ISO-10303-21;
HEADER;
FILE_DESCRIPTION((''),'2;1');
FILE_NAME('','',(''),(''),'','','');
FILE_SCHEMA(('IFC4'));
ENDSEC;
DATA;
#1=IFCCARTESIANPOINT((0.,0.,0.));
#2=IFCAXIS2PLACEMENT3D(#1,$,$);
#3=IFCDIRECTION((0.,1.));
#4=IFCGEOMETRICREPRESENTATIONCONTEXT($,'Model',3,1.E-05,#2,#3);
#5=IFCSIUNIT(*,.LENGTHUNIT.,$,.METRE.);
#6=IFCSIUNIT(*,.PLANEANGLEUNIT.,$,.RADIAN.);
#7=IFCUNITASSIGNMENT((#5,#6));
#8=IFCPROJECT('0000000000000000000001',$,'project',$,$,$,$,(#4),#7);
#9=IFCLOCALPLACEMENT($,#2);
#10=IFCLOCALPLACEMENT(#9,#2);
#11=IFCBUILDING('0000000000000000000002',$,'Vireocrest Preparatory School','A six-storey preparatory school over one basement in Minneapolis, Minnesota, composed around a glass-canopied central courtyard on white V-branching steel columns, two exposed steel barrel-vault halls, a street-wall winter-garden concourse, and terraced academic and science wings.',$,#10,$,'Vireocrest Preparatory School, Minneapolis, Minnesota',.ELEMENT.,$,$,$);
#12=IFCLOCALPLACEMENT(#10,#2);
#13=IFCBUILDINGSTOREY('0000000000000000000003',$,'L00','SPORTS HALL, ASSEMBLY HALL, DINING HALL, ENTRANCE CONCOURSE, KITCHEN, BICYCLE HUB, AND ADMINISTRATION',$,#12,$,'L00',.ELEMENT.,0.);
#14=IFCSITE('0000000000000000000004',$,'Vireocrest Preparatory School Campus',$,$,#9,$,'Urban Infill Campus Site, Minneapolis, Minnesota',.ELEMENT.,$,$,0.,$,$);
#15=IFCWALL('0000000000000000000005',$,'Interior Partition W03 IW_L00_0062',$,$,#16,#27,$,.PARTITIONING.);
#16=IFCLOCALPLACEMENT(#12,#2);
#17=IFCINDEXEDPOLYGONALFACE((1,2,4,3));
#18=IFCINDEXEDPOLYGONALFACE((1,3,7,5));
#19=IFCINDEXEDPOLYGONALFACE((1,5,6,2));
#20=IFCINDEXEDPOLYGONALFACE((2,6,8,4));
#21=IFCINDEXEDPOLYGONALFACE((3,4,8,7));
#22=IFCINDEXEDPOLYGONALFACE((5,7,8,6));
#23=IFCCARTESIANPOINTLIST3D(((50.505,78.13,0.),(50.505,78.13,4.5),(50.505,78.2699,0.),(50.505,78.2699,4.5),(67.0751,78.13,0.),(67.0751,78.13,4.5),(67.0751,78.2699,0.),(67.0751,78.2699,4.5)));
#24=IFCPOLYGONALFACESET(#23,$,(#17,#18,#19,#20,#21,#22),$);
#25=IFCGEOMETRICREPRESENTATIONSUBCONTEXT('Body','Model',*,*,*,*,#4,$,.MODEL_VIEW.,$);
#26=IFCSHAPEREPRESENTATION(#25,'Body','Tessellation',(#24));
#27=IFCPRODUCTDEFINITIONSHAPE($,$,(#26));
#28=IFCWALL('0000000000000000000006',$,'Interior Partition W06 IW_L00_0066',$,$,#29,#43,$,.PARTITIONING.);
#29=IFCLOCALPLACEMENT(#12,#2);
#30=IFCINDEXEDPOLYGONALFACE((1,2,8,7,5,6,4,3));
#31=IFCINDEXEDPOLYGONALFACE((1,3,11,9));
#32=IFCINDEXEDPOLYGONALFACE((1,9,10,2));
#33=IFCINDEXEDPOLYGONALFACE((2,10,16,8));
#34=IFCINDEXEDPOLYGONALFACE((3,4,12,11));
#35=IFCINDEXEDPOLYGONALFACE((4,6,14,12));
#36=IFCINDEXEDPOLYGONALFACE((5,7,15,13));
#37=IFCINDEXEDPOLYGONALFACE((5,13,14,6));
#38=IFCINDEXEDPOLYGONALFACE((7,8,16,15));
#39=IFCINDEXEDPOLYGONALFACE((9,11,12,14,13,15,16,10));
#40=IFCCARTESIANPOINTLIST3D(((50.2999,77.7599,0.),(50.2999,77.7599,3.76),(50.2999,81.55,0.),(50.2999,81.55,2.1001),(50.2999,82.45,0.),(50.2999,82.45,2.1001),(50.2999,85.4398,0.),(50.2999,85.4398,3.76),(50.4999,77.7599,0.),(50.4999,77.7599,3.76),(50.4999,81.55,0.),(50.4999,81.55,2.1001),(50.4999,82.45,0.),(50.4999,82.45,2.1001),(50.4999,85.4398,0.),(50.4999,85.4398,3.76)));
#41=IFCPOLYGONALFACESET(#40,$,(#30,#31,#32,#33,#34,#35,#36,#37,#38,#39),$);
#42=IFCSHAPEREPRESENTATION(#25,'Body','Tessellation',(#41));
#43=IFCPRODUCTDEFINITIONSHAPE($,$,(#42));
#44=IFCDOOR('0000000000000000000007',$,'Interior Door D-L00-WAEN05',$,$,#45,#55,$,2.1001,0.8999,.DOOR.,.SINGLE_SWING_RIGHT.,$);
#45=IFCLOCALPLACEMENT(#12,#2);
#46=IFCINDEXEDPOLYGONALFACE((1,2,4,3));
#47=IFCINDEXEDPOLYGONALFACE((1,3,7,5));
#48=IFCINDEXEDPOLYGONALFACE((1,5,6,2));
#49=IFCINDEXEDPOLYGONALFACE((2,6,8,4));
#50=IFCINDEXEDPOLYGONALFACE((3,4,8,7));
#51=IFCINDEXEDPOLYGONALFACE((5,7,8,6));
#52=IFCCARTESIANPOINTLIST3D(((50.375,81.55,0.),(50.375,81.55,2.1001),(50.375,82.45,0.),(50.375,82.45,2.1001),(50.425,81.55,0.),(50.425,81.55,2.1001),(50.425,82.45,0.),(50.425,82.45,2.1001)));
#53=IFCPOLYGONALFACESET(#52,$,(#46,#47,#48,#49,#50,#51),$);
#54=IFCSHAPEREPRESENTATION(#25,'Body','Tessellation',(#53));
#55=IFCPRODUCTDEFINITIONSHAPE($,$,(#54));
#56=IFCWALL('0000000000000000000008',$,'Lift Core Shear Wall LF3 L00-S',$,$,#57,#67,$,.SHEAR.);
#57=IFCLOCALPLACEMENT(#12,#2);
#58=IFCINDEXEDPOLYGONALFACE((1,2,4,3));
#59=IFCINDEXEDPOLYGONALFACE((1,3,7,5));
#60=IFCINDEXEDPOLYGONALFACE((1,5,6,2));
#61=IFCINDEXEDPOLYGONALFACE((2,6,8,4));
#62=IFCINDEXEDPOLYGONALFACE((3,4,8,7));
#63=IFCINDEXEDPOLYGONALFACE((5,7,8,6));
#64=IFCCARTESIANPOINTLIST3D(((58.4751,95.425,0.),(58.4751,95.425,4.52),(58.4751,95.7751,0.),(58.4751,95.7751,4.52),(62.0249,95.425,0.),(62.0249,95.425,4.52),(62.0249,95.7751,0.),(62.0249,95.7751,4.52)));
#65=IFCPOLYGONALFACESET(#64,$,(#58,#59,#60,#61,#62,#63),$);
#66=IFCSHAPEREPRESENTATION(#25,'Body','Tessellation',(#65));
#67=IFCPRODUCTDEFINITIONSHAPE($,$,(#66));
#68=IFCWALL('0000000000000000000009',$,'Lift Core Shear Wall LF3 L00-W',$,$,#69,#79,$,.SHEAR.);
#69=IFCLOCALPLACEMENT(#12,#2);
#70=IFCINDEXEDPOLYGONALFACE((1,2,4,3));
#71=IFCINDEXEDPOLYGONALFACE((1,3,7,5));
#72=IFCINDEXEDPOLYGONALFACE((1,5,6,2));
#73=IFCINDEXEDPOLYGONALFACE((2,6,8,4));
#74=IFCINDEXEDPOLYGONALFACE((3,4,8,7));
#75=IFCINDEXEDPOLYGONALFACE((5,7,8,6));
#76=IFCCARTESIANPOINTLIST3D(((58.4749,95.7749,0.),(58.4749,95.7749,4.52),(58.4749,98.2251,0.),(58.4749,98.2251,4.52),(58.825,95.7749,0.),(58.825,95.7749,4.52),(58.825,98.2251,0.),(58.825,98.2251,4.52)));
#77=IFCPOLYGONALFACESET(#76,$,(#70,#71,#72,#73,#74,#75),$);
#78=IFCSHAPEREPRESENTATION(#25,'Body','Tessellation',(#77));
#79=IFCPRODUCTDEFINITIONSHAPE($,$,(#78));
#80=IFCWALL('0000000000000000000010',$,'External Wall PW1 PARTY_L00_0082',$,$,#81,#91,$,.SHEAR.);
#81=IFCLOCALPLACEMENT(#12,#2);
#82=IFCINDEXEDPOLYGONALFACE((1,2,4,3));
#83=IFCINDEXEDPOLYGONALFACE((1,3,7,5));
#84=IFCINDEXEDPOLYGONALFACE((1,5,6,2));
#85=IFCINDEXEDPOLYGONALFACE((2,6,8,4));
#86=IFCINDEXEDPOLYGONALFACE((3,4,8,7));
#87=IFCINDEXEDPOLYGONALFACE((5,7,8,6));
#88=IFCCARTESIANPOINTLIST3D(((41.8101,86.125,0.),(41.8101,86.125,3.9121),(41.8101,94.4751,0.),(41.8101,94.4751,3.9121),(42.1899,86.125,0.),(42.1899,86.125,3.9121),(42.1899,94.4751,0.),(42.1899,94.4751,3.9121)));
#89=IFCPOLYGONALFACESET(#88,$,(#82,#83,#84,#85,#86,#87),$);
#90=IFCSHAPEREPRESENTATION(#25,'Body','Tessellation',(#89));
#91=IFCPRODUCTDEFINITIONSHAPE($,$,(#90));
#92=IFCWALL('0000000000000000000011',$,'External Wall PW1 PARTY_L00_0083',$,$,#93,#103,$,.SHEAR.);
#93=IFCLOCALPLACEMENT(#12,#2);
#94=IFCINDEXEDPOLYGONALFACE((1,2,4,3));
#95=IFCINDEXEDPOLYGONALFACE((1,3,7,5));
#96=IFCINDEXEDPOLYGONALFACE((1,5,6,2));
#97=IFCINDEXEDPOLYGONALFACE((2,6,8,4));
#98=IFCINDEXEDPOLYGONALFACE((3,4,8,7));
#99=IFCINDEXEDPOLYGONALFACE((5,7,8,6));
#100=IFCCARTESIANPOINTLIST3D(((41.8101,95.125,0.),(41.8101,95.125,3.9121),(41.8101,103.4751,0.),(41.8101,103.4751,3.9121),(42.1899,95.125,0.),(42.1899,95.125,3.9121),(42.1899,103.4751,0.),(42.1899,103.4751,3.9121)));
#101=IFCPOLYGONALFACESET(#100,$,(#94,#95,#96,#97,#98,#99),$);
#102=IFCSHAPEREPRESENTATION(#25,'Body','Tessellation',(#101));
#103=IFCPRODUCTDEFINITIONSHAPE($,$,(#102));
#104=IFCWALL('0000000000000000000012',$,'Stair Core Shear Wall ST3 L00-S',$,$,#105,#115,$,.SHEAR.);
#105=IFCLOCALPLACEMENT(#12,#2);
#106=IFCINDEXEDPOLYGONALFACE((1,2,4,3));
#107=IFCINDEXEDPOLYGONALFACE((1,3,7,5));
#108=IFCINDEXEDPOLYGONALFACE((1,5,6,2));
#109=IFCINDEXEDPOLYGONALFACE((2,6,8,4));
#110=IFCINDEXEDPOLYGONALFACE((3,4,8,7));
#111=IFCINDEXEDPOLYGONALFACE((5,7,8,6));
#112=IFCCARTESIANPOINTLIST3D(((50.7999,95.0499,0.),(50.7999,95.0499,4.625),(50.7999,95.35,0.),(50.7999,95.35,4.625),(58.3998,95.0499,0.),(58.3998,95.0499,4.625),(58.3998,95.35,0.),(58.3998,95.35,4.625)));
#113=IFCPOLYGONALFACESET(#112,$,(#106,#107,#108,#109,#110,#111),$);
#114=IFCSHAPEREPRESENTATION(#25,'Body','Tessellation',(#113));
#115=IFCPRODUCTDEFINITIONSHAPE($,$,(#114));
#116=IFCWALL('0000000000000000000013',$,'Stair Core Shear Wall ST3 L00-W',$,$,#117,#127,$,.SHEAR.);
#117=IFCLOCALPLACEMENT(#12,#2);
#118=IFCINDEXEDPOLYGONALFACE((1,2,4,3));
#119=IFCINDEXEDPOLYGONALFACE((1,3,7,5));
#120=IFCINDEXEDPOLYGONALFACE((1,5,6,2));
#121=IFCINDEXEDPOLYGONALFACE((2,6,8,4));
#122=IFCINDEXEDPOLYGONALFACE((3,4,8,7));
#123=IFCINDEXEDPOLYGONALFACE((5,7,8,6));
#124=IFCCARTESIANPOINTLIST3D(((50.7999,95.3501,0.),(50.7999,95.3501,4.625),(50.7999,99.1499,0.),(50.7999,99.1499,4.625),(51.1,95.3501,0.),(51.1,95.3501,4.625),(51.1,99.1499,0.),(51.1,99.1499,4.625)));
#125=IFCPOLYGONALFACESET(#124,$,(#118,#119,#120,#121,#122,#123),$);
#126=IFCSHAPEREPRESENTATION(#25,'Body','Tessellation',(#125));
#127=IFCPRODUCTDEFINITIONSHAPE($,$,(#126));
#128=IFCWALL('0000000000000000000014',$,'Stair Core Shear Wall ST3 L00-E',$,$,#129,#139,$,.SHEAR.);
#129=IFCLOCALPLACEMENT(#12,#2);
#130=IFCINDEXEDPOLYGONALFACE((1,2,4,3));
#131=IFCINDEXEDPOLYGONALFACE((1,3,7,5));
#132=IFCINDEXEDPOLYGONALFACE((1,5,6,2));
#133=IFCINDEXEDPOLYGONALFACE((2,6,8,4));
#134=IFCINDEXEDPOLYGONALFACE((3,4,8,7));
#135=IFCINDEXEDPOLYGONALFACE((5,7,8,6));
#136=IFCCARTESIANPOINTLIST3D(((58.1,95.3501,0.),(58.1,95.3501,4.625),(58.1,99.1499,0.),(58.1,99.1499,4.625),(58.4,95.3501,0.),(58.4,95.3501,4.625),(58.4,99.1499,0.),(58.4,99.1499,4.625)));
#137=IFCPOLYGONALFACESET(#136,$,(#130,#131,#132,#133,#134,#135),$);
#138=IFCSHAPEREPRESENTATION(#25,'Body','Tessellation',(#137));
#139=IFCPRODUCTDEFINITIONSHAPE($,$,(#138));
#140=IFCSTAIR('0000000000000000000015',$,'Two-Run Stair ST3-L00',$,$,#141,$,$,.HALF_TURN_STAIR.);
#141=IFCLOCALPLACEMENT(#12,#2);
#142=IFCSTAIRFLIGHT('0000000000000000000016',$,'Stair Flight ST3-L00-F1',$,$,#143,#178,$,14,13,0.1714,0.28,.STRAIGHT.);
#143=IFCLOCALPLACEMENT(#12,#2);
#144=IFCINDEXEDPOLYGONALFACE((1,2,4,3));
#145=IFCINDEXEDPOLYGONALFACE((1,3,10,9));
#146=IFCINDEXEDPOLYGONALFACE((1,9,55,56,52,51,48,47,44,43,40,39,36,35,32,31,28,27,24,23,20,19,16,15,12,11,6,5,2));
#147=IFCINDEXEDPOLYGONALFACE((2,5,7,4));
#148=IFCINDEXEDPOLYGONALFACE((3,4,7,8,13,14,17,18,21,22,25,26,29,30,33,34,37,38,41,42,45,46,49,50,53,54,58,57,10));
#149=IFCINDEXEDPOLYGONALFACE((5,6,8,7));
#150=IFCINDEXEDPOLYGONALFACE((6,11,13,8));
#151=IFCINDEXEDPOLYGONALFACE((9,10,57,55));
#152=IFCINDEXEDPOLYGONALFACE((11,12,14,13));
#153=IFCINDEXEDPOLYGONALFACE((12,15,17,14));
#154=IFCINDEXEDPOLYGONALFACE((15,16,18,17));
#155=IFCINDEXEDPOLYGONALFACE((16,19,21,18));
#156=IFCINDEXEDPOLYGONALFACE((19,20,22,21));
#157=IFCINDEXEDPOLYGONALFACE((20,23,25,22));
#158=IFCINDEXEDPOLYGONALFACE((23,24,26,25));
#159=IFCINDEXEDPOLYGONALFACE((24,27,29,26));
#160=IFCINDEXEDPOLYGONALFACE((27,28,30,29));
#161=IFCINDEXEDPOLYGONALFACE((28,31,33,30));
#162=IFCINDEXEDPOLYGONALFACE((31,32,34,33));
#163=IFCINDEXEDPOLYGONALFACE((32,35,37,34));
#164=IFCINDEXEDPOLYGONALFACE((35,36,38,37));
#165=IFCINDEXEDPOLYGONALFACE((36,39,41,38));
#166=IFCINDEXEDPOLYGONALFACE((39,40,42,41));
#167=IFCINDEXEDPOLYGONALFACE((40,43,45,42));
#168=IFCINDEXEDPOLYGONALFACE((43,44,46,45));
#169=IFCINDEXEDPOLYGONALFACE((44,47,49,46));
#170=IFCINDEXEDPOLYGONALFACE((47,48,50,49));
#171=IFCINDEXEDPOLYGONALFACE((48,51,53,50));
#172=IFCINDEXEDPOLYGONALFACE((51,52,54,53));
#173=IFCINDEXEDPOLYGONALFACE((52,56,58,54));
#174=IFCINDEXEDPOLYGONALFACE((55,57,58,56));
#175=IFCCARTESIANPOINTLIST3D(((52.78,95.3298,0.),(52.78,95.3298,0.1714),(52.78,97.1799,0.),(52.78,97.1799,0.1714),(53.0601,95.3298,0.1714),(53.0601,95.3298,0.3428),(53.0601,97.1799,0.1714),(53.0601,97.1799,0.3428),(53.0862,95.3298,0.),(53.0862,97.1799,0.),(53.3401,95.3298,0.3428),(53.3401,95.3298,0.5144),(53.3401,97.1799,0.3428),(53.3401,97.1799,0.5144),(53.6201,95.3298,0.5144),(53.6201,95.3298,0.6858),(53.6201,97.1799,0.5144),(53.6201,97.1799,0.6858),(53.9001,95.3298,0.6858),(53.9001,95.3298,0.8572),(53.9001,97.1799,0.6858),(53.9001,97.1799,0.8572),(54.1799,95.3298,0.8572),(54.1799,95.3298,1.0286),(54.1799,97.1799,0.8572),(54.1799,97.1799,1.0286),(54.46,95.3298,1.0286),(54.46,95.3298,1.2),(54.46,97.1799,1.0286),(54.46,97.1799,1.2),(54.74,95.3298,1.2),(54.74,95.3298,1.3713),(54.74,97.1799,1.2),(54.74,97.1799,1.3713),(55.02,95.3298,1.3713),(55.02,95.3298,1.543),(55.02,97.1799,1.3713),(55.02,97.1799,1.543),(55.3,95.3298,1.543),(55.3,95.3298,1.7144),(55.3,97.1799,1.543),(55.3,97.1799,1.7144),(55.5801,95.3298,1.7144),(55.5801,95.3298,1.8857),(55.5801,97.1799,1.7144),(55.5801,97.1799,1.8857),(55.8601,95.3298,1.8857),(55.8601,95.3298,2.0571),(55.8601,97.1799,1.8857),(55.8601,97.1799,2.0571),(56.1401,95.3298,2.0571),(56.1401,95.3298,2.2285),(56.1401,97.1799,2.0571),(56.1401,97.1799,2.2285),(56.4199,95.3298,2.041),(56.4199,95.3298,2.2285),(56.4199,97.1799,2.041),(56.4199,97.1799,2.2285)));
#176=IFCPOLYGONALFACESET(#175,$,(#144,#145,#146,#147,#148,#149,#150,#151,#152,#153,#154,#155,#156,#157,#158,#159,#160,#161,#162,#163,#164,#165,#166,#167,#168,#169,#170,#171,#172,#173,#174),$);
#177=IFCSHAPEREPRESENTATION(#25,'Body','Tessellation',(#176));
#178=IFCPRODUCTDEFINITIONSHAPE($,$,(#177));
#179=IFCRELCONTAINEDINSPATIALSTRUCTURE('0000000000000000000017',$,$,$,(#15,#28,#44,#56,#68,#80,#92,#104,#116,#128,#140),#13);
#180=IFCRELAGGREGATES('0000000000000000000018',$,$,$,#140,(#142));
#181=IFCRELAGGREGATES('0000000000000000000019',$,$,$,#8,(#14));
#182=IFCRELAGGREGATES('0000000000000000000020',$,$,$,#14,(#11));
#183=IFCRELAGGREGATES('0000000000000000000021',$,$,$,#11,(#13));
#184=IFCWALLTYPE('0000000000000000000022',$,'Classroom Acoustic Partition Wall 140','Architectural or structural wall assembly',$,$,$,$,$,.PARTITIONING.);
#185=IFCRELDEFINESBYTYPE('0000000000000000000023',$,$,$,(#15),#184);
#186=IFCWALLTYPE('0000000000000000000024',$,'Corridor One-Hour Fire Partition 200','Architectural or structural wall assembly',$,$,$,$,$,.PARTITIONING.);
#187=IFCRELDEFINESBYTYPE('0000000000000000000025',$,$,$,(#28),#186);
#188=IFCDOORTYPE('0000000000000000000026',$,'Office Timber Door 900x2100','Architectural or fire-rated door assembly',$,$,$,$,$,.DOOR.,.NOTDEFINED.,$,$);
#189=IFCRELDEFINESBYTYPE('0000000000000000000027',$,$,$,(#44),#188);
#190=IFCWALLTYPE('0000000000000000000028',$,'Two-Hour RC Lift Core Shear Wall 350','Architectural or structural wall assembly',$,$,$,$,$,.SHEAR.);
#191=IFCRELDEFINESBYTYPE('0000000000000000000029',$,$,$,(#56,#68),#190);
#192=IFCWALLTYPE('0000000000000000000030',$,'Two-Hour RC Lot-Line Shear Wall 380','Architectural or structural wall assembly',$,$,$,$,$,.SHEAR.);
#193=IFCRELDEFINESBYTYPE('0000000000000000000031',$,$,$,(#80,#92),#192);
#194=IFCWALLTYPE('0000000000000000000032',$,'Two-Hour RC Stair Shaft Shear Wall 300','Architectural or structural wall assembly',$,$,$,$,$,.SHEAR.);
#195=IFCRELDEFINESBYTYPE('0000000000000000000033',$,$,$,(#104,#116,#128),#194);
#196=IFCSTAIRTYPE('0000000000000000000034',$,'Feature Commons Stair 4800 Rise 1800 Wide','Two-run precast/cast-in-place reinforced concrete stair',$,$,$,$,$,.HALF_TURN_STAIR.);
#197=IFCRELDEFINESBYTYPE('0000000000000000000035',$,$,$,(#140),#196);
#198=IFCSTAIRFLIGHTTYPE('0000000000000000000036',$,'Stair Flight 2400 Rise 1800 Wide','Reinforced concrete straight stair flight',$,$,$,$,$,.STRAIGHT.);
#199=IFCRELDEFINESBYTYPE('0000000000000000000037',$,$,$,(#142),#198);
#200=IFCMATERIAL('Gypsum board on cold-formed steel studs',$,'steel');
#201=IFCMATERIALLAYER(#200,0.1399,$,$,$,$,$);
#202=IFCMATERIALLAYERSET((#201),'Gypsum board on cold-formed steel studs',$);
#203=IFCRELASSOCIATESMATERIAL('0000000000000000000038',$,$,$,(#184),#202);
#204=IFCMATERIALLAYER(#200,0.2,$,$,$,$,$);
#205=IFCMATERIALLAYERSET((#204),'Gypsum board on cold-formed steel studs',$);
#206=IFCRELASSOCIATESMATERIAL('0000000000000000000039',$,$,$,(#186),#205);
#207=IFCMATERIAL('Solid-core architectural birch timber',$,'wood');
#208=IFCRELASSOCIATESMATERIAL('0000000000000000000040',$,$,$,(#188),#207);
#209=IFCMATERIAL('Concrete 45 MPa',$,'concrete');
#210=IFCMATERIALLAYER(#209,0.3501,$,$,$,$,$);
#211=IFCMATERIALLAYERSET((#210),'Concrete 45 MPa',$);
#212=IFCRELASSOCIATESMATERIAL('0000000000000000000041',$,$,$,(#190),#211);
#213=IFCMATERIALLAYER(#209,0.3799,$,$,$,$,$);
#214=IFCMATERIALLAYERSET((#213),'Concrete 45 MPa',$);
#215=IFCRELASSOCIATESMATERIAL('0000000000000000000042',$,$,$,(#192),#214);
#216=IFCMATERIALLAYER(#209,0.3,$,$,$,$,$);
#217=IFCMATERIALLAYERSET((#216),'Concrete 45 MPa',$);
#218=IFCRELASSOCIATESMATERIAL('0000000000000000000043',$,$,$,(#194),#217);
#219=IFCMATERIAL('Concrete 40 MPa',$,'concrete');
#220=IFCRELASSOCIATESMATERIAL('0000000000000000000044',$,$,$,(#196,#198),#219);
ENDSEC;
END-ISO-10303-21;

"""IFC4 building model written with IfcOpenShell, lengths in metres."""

from ifc_helpers import new_model, si_unit, direction, frame, frame_2d, origin, place, context, subcontext, project, spatial, polyline, rectangle, outline, extrude, material, layer, layer_set, type_object, element, fill, aggregate, save


model = new_model("IFC4")

# Units and contexts
model_context = context("Model", 3, precision=1e-05, world=origin(), true_north=direction((0.0, 1.0)))
body_context = subcontext(model_context, "Body", "Model", "MODEL_VIEW")
ifc_project = project(units=[si_unit("LENGTHUNIT", "METRE"), si_unit("PLANEANGLEUNIT", "RADIAN")], contexts=[model_context])

# Site, building, storey
site_placement = place(None, origin())
site = spatial("IfcSite", under=ifc_project, at=site_placement, Name="Vireocrest Preparatory School Campus", LongName="Urban Infill Campus Site, Minneapolis, Minnesota", CompositionType="ELEMENT", RefElevation=0.0)
building_placement = place(site_placement, origin())
building = spatial("IfcBuilding", under=site, at=building_placement, Name="Vireocrest Preparatory School", Description="A six-storey preparatory school over one basement in Minneapolis, Minnesota, composed around a glass-canopied central courtyard on white V-branching steel columns, two exposed steel barrel-vault halls, a street-wall winter-garden concourse, and terraced academic and science wings.", LongName="Vireocrest Preparatory School, Minneapolis, Minnesota", CompositionType="ELEMENT")
storey_placement = place(building_placement, origin())
storey = spatial("IfcBuildingStorey", under=building, at=storey_placement, Name="L00", Description="SPORTS HALL, ASSEMBLY HALL, DINING HALL, ENTRANCE CONCOURSE, KITCHEN, BICYCLE HUB, AND ADMINISTRATION", LongName="L00", CompositionType="ELEMENT", Elevation=0.0)

# Shared definitions
ifc_material_1 = material(Name="Concrete 45 MPa", Category="concrete")

# Shared definitions
ifc_material_2 = material(Name="Concrete 40 MPa", Category="concrete")

# Wall
ifc_material_3 = material(Name="Gypsum board on cold-formed steel studs", Category="steel")
ifc_layer_1 = layer(ifc_material_3, 0.1399)
ifc_layer_set_1 = layer_set([ifc_layer_1], Name="Gypsum board on cold-formed steel studs")
wall_type_1 = type_object("IfcWallType", Name="Classroom Acoustic Partition Wall 140", Description="Architectural or structural wall assembly", PredefinedType="PARTITIONING", material=ifc_layer_set_1)
wall_1_placement = place(storey_placement, frame((50.5049, 78.2, 0.0), z_axis=(0.0, 0.0, 1.0), x_axis=(1.0, 0.0, 0.0)))
element("IfcWall", 1, at=wall_1_placement, inside=storey, type_object=wall_type_1, Name="Interior Partition W03 IW_L00_0062", PredefinedType="PARTITIONING", context=body_context, shape_type="SweptSolid", body=[
    extrude(rectangle(XDim=16.5701, YDim=0.1399, at=frame_2d((8.2852, 0.0))), origin(), (0.0, 0.0, 1.0), 4.5),
])

# Wall, opening, door
ifc_layer_2 = layer(ifc_material_3, 0.2)
ifc_layer_set_2 = layer_set([ifc_layer_2], Name="Gypsum board on cold-formed steel studs")
wall_type_2 = type_object("IfcWallType", Name="Corridor One-Hour Fire Partition 200", Description="Architectural or structural wall assembly", PredefinedType="PARTITIONING", material=ifc_layer_set_2)
wall_2_placement = place(storey_placement, frame((50.3999, 77.76, 0.0), z_axis=(0.0, 0.0, 1.0), x_axis=(0.0, 1.0, 0.0)))
wall_2 = element("IfcWall", 2, at=wall_2_placement, inside=storey, type_object=wall_type_2, Name="Interior Partition W06 IW_L00_0066", PredefinedType="PARTITIONING", context=body_context, shape_type="SweptSolid", body=[
    extrude(rectangle(XDim=7.6799, YDim=0.2, at=frame_2d((3.8398, 0.0))), origin(), (0.0, 0.0, 1.0), 3.76),
])
opening_placement = place(wall_2_placement, frame((3.79, 0.0, 0.0)))
opening = element("IfcOpeningElement", 3, at=opening_placement, cuts=wall_2, PredefinedType="OPENING", context=body_context, shape_type="SweptSolid", body=[
    extrude(rectangle(XDim=0.8999, YDim=2.1001, at=frame_2d((0.45, 1.05))), frame((0.0, 0.1099, 0.0), z_axis=(0.0, -1.0, 0.0), x_axis=(1.0, 0.0, 0.0)), (0.0, 0.0, 1.0), 0.22),
])
ifc_material_4 = material(Name="Solid-core architectural birch timber", Category="wood")
door_type = type_object("IfcDoorType", Name="Office Timber Door 900x2100", Description="Architectural or fire-rated door assembly", OperationType="NOTDEFINED", PredefinedType="DOOR", material=ifc_material_4)
door_placement = place(opening_placement, origin())
door = element("IfcDoor", 4, at=door_placement, inside=storey, type_object=door_type, Name="Interior Door D-L00-WAEN05", OperationType="SINGLE_SWING_RIGHT", OverallHeight=2.1001, OverallWidth=0.8999, PredefinedType="DOOR", context=body_context, shape_type="SweptSolid", body=[
    extrude(rectangle(XDim=0.8999, YDim=2.1001, at=frame_2d((0.45, 1.05))), frame((0.0, 0.0249, 0.0), z_axis=(0.0, -1.0, 0.0), x_axis=(1.0, 0.0, 0.0)), (0.0, 0.0, 1.0), 0.05),
])
fill(opening, door)

# Walls
ifc_layer_3 = layer(ifc_material_1, 0.3501)
ifc_layer_set_3 = layer_set([ifc_layer_3], Name="Concrete 45 MPa")
wall_type_3 = type_object("IfcWallType", Name="Two-Hour RC Lift Core Shear Wall 350", Description="Architectural or structural wall assembly", PredefinedType="SHEAR", material=ifc_layer_set_3)
wall_3_placement = place(storey_placement, frame((58.4751, 95.6001, 0.0), z_axis=(0.0, 0.0, 1.0), x_axis=(1.0, 0.0, 0.0)))
element("IfcWall", 5, at=wall_3_placement, inside=storey, type_object=wall_type_3, Name="Lift Core Shear Wall LF3 L00-S", PredefinedType="SHEAR", context=body_context, shape_type="SweptSolid", body=[
    extrude(rectangle(XDim=3.5498, YDim=0.3501, at=frame_2d((1.7749, 0.0))), origin(), (0.0, 0.0, 1.0), 4.52),
])
wall_4_placement = place(storey_placement, frame((58.6499, 95.7749, 0.0), z_axis=(0.0, 0.0, 1.0), x_axis=(0.0, 1.0, 0.0)))
element("IfcWall", 6, at=wall_4_placement, inside=storey, type_object=wall_type_3, Name="Lift Core Shear Wall LF3 L00-W", PredefinedType="SHEAR", context=body_context, shape_type="SweptSolid", body=[
    extrude(rectangle(XDim=2.4502, YDim=0.3501, at=frame_2d((1.2251, 0.0))), origin(), (0.0, 0.0, 1.0), 4.52),
])
ifc_layer_4 = layer(ifc_material_1, 0.3799)
ifc_layer_set_4 = layer_set([ifc_layer_4], Name="Concrete 45 MPa")
wall_type_4 = type_object("IfcWallType", Name="Two-Hour RC Lot-Line Shear Wall 380", Description="Architectural or structural wall assembly", PredefinedType="SHEAR", material=ifc_layer_set_4)
for number, where, z_axis, x_axis, name in (
    (7, (42.0, 86.125, 0.0), (0.0, 0.0, 1.0), (0.0, 1.0, 0.0), "External Wall PW1 PARTY_L00_0082"),
    (8, (42.0, 95.125, 0.0), (0.0, 0.0, 1.0), (0.0, 1.0, 0.0), "External Wall PW1 PARTY_L00_0083"),
):
    element("IfcWall", number, at=place(storey_placement, frame(where, z_axis=z_axis, x_axis=x_axis)), inside=storey, type_object=wall_type_4, Name=name, PredefinedType="SHEAR", context=body_context, shape_type="SweptSolid", body=[
        extrude(rectangle(XDim=8.3501, YDim=0.3799, at=frame_2d((4.175, 0.0))), origin(), (0.0, 0.0, 1.0), 3.9121),
    ])
ifc_layer_5 = layer(ifc_material_1, 0.3)
ifc_layer_set_5 = layer_set([ifc_layer_5], Name="Concrete 45 MPa")
wall_type_5 = type_object("IfcWallType", Name="Two-Hour RC Stair Shaft Shear Wall 300", Description="Architectural or structural wall assembly", PredefinedType="SHEAR", material=ifc_layer_set_5)
wall_5_placement = place(storey_placement, frame((50.8, 95.2, 0.0), z_axis=(0.0, 0.0, 1.0), x_axis=(1.0, 0.0, 0.0)))
element("IfcWall", 9, at=wall_5_placement, inside=storey, type_object=wall_type_5, Name="Stair Core Shear Wall ST3 L00-S", PredefinedType="SHEAR", context=body_context, shape_type="SweptSolid", body=[
    extrude(rectangle(XDim=7.5999, YDim=0.3, at=frame_2d((3.7998, 0.0))), origin(), (0.0, 0.0, 1.0), 4.625),
])
for number, where, z_axis, x_axis, name in (
    (10, (50.95, 95.3501, 0.0), (0.0, 0.0, 1.0), (0.0, 1.0, 0.0), "Stair Core Shear Wall ST3 L00-W"),
    (11, (58.25, 95.3501, 0.0), (0.0, 0.0, 1.0), (0.0, 1.0, 0.0), "Stair Core Shear Wall ST3 L00-E"),
):
    element("IfcWall", number, at=place(storey_placement, frame(where, z_axis=z_axis, x_axis=x_axis)), inside=storey, type_object=wall_type_5, Name=name, PredefinedType="SHEAR", context=body_context, shape_type="SweptSolid", body=[
        extrude(rectangle(XDim=3.7998, YDim=0.3, at=frame_2d((1.8999, 0.0))), origin(), (0.0, 0.0, 1.0), 4.625),
    ])

# Stair, stair flight
stair_type = type_object("IfcStairType", Name="Feature Commons Stair 4800 Rise 1800 Wide", Description="Two-run precast/cast-in-place reinforced concrete stair", PredefinedType="HALF_TURN_STAIR", material=ifc_material_2)
stair_placement = place(storey_placement, origin())
stair = element("IfcStair", 12, at=stair_placement, inside=storey, type_object=stair_type, Name="Two-Run Stair ST3-L00", PredefinedType="HALF_TURN_STAIR")
stair_flight_type = type_object("IfcStairFlightType", Name="Stair Flight 2400 Rise 1800 Wide", Description="Reinforced concrete straight stair flight", PredefinedType="STRAIGHT", material=ifc_material_2)
stair_flight_placement = place(storey_placement, frame((52.78, 96.2549, 0.0), z_axis=(0.0, 0.0, 1.0), x_axis=(1.0, 0.0, 0.0)))
stair_flight = element("IfcStairFlight", 13, at=stair_flight_placement, type_object=stair_flight_type, Name="Stair Flight ST3-L00-F1", NumberOfRisers=14, NumberOfTreads=13, PredefinedType="STRAIGHT", RiserHeight=0.1714, TreadLength=0.28, context=body_context, shape_type="SweptSolid", body=[
    extrude(outline(polyline([(0.0, 0.0), (0.0, 0.1714), (0.28, 0.1714), (0.28, 0.3428), (0.5601, 0.3428), (0.5601, 0.5144), (0.8401, 0.5144), (0.8401, 0.6858), (1.1201, 0.6858), (1.1201, 0.8572), (1.3999, 0.8572), (1.3999, 1.0286), (1.6799, 1.0286), (1.6799, 1.2), (1.96, 1.2), (1.96, 1.3713), (2.24, 1.3713), (2.24, 1.543), (2.52, 1.543), (2.52, 1.7144), (2.8, 1.7144), (2.8, 1.8857), (3.0801, 1.8857), (3.0801, 2.0571), (3.3601, 2.0571), (3.3601, 2.2285), (3.6399, 2.2285), (3.6399, 2.3999), (3.6399, 2.041), (0.3062, 0.0), (0.0, 0.0)])), frame((0.0, 0.925, 0.0), z_axis=(0.0, -1.0, 0.0), x_axis=(1.0, 0.0, 0.0)), (0.0, 0.0, 1.0), 1.8501),
])
aggregate(stair, [stair_flight])

save(model, "model.ifc")
